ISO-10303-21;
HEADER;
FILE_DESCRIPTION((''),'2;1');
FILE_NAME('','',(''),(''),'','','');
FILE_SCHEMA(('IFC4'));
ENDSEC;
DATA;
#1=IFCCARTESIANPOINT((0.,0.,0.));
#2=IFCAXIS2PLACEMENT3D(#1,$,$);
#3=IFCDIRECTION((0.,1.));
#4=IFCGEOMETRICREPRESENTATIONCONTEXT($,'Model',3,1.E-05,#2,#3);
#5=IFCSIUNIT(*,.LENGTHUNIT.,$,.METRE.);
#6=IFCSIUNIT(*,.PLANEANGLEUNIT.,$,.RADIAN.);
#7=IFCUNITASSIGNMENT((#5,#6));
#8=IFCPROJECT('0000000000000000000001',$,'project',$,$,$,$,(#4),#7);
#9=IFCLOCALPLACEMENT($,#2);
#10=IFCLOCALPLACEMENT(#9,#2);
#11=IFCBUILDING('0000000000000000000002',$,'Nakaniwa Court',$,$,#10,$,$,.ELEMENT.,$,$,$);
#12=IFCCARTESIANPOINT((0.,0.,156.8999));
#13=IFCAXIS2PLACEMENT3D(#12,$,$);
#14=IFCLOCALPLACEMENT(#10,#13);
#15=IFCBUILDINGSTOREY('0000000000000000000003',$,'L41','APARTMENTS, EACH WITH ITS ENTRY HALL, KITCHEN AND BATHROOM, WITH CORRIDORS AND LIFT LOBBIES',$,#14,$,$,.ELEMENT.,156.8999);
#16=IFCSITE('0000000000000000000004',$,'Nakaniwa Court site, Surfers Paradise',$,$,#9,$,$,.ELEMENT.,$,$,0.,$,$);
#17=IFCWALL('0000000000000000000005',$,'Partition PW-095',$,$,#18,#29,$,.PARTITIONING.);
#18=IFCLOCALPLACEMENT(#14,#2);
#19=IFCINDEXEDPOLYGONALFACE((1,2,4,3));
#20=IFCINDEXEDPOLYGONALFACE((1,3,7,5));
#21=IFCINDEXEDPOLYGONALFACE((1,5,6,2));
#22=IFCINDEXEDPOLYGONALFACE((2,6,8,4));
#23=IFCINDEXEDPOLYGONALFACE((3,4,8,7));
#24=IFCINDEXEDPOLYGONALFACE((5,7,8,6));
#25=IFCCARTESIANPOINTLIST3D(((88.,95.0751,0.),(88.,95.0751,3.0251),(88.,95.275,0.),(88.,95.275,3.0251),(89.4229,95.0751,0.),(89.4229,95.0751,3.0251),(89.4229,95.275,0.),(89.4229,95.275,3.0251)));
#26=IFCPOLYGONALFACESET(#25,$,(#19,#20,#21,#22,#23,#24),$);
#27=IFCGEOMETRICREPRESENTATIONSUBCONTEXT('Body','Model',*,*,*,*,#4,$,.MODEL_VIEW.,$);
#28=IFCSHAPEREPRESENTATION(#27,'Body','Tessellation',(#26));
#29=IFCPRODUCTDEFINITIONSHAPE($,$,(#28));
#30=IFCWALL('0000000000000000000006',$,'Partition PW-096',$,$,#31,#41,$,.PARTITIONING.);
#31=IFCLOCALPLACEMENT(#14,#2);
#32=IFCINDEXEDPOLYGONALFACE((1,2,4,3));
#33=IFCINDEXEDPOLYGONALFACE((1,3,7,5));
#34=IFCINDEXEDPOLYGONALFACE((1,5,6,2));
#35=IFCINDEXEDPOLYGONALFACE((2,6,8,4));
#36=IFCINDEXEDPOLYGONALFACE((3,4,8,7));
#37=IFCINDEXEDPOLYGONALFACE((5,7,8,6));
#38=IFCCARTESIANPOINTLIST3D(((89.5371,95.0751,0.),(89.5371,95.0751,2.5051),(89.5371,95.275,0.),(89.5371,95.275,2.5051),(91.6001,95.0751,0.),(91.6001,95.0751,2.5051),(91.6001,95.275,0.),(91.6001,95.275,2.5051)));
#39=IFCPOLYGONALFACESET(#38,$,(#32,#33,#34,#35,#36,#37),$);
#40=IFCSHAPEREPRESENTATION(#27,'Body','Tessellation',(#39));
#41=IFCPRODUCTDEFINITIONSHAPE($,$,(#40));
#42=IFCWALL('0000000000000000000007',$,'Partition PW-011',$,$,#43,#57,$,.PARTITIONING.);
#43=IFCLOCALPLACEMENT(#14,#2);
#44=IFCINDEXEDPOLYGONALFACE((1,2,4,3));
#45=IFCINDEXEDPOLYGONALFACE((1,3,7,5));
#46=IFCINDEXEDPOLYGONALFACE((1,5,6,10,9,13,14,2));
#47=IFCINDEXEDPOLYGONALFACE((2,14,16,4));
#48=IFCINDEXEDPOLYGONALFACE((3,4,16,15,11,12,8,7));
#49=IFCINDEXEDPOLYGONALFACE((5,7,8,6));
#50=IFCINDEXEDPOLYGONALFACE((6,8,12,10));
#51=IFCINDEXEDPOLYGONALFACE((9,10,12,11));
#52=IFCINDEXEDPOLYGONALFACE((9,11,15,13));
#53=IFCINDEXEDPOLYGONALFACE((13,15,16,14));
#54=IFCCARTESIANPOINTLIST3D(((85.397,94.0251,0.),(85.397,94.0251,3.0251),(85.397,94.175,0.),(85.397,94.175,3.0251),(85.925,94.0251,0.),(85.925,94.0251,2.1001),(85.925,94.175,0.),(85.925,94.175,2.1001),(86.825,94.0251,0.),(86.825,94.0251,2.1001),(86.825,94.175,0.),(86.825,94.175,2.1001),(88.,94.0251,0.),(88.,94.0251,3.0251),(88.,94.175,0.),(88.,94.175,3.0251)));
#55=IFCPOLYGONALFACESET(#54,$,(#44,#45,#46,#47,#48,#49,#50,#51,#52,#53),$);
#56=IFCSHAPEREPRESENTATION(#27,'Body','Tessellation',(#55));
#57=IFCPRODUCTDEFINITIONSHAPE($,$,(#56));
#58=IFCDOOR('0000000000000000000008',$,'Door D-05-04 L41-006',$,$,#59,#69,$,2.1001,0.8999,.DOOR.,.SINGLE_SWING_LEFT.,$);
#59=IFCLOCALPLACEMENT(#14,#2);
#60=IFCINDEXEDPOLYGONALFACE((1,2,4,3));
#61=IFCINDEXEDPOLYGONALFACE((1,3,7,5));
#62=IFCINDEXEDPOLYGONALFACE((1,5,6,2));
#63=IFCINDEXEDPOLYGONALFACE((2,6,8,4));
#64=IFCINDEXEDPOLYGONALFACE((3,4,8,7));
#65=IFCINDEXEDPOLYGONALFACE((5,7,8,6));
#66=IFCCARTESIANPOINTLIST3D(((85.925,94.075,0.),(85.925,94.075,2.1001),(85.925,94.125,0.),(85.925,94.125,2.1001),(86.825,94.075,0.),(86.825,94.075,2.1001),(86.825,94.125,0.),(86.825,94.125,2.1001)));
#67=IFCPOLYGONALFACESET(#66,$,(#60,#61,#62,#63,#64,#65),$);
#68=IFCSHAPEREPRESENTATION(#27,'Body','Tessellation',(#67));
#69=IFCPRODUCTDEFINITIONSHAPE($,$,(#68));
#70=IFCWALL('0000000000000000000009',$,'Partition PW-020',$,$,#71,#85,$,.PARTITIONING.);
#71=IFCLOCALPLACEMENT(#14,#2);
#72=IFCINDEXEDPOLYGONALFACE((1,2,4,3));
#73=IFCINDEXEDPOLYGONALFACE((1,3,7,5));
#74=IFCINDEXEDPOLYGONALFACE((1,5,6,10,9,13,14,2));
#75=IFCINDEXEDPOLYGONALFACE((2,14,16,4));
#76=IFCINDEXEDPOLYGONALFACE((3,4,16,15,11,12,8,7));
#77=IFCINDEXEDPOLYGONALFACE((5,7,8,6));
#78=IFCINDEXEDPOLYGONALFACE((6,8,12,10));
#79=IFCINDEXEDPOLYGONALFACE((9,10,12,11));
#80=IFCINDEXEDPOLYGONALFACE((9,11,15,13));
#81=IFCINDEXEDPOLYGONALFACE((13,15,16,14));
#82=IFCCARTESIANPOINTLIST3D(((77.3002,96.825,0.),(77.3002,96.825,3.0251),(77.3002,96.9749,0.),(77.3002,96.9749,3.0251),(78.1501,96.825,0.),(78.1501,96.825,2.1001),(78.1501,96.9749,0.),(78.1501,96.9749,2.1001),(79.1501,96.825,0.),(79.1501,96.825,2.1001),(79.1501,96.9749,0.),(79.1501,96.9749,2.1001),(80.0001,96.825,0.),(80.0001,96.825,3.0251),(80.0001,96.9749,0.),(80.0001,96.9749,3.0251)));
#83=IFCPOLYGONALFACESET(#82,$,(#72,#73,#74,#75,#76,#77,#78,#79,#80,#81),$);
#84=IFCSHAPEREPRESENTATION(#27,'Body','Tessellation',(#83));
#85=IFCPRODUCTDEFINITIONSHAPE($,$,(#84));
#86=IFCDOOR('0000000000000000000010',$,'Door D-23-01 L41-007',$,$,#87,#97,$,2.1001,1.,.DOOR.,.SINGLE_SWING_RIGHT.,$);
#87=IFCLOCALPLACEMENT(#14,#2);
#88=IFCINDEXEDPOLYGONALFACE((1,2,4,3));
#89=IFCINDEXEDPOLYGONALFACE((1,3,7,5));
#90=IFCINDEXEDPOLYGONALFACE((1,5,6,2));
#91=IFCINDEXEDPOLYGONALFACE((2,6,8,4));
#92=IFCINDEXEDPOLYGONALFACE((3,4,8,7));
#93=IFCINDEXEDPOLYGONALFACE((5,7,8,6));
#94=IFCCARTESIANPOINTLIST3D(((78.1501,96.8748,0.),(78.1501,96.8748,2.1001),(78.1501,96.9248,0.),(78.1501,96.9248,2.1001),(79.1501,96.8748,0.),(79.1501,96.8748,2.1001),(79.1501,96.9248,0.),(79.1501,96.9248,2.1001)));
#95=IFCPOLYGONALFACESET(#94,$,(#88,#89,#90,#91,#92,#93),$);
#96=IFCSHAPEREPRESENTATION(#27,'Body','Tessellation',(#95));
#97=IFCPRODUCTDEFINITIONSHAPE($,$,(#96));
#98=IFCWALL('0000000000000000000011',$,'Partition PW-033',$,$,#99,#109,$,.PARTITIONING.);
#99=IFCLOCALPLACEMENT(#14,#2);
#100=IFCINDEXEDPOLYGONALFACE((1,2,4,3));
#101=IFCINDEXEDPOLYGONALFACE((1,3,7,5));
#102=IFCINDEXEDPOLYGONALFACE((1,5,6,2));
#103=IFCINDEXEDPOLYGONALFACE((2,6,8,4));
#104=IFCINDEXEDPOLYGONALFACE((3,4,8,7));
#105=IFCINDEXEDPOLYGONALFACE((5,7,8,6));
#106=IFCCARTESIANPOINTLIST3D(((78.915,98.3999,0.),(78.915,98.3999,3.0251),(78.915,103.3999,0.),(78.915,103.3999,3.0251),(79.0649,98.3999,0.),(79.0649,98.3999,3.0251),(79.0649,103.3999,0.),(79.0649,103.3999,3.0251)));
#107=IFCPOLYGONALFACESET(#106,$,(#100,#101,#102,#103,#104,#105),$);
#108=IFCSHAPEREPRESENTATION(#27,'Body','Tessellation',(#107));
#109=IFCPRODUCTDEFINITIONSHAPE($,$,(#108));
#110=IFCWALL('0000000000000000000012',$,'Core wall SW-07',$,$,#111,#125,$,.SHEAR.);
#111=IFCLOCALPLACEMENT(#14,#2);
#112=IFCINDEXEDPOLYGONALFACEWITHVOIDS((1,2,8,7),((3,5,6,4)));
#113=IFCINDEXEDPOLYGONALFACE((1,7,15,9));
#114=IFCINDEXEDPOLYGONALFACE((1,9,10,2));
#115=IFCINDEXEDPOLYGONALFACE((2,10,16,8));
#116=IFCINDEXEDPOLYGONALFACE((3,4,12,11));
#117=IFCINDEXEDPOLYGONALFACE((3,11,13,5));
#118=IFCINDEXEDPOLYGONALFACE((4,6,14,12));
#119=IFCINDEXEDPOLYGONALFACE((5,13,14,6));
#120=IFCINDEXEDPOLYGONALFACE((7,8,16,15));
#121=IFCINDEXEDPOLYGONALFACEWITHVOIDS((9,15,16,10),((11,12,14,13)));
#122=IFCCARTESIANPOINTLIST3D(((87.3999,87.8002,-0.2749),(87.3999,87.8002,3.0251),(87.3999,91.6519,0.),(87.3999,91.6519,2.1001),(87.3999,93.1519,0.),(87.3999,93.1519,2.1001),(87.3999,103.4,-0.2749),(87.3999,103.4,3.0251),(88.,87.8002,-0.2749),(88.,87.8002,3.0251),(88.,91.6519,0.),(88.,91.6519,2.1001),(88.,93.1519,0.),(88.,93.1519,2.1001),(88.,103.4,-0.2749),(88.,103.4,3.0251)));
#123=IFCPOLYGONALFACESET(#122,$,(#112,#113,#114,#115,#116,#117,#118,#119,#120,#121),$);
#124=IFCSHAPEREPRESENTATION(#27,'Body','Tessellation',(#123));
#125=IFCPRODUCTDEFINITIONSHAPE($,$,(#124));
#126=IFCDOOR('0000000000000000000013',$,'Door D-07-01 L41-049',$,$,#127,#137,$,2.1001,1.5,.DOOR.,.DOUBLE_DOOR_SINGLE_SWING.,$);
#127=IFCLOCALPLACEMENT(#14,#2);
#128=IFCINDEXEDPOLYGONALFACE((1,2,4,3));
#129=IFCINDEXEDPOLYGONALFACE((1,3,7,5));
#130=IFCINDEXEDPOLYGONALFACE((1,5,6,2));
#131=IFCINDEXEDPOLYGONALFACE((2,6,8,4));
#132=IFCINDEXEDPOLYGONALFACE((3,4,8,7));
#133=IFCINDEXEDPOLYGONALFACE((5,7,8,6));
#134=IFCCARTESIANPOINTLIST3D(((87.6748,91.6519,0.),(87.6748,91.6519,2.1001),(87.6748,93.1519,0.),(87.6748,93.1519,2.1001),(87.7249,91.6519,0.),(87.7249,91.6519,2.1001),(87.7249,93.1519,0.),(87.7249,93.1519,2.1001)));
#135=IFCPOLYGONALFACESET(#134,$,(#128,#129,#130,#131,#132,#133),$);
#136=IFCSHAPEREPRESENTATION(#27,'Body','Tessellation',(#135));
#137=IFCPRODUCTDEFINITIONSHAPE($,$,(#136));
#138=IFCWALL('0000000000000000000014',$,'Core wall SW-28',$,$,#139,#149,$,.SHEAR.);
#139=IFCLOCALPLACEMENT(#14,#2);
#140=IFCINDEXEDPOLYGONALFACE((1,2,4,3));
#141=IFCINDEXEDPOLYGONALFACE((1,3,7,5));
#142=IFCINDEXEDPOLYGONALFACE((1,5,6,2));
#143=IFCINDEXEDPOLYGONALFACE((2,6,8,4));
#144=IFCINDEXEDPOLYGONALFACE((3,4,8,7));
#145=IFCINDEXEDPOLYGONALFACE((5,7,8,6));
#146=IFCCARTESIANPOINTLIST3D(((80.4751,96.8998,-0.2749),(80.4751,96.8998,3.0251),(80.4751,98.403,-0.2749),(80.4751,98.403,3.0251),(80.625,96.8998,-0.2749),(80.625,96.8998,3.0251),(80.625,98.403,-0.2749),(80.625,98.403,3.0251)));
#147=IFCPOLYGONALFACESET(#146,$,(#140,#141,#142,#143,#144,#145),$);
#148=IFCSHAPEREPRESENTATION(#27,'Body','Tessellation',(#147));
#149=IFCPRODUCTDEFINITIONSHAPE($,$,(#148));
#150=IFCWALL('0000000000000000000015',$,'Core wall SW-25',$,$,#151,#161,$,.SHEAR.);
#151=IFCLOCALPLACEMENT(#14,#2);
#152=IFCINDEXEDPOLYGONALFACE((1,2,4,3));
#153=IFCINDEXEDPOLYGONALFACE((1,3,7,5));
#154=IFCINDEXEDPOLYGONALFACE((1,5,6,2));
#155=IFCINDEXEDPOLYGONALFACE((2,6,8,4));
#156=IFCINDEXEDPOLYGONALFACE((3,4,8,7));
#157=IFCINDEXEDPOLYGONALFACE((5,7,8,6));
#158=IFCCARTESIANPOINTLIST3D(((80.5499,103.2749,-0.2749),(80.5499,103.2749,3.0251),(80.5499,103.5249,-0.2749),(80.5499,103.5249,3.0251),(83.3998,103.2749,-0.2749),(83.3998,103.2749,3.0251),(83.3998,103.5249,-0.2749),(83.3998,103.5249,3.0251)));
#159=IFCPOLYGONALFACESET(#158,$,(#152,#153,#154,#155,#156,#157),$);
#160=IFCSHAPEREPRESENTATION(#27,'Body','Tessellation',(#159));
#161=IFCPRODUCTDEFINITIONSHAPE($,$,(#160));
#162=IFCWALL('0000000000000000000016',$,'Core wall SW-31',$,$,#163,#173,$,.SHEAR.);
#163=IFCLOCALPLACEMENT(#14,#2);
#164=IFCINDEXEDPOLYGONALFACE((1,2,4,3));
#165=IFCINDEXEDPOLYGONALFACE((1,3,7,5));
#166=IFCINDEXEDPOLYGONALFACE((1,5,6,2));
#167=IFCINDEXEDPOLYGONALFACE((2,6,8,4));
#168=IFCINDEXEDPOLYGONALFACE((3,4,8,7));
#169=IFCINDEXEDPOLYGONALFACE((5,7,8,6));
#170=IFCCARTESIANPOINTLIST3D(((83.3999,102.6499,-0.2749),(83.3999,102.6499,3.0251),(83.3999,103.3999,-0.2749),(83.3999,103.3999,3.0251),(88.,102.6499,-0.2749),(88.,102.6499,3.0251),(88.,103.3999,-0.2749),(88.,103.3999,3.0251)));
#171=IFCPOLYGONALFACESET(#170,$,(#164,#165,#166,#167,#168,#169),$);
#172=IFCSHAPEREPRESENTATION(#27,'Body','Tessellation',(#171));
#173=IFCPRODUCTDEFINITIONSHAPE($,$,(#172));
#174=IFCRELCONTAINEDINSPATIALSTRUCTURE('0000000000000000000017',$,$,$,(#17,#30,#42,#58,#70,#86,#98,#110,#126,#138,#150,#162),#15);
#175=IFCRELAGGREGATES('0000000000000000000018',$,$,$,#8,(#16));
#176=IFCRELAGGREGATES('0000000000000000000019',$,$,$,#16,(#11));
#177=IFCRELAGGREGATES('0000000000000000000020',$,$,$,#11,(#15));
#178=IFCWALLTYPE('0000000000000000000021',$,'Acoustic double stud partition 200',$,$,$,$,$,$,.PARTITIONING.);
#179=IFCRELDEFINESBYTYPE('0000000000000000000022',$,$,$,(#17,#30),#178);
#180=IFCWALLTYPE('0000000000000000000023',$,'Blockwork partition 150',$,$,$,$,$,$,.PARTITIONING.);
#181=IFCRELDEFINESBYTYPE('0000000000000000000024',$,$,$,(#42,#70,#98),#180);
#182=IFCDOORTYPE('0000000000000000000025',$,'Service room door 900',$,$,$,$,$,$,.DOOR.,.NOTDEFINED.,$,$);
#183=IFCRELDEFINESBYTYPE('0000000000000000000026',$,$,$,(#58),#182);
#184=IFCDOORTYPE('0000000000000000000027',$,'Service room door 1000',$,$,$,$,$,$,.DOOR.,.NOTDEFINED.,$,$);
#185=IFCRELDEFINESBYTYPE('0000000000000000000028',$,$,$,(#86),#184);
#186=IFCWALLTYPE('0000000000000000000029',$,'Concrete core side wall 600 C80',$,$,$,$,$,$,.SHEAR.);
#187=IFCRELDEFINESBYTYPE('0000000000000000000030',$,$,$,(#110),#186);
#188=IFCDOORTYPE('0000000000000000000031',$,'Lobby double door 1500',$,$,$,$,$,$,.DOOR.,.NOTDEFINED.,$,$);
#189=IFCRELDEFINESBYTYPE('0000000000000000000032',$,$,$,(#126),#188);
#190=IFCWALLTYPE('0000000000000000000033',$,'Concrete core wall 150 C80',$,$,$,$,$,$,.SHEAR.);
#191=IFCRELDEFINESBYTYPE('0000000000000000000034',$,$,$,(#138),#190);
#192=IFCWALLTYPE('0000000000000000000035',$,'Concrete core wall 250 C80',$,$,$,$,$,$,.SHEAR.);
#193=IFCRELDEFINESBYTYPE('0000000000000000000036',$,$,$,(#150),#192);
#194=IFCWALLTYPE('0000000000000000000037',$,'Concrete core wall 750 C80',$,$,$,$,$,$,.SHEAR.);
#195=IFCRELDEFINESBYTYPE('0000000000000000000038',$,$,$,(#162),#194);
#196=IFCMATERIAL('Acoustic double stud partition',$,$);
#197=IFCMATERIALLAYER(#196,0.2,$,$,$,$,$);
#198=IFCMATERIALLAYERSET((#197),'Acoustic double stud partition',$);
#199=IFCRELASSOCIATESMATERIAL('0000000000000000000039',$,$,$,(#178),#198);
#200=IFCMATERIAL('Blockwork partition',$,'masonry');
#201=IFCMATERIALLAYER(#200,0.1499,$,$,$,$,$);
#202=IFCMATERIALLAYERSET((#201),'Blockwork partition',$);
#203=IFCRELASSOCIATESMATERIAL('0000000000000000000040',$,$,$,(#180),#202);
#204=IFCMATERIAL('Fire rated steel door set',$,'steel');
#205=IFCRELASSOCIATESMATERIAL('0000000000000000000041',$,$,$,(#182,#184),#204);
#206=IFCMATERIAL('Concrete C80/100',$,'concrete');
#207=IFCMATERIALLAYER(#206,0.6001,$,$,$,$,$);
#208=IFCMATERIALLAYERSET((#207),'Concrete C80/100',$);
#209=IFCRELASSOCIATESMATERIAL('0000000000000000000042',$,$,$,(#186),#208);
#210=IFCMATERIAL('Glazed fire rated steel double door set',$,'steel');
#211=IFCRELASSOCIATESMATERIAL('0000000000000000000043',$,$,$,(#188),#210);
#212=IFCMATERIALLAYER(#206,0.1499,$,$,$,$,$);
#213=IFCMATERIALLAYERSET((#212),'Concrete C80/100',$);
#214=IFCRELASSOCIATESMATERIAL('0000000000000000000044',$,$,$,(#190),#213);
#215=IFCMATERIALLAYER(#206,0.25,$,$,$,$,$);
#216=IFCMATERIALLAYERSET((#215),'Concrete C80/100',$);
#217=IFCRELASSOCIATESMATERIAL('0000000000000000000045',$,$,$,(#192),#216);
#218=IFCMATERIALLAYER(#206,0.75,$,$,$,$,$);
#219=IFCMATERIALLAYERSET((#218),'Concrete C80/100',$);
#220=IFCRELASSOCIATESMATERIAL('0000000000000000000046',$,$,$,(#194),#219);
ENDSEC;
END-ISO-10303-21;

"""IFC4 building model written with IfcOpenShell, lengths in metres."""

from ifc_helpers import new_model, si_unit, direction, frame, frame_2d, origin, place, context, subcontext, project, spatial, rectangle, extrude, material, layer, layer_set, type_object, element, fill, save


model = new_model("IFC4")

# Units and contexts
model_context = context("Model", 3, precision=1e-05, world=origin(), true_north=direction((0.0, 1.0)))
body_context = subcontext(model_context, "Body", "Model", "MODEL_VIEW")
ifc_project = project(units=[si_unit("LENGTHUNIT", "METRE"), si_unit("PLANEANGLEUNIT", "RADIAN")], contexts=[model_context])

# Site, building, storey
site_placement = place(None, origin())
site = spatial("IfcSite", under=ifc_project, at=site_placement, Name="Nakaniwa Court site, Surfers Paradise", CompositionType="ELEMENT", RefElevation=0.0)
building_placement = place(site_placement, origin())
building = spatial("IfcBuilding", under=site, at=building_placement, Name="Nakaniwa Court", CompositionType="ELEMENT")
storey_placement = place(building_placement, frame((0.0, 0.0, 156.8999)))
storey = spatial("IfcBuildingStorey", under=building, at=storey_placement, Name="L41", Description="APARTMENTS, EACH WITH ITS ENTRY HALL, KITCHEN AND BATHROOM, WITH CORRIDORS AND LIFT LOBBIES", CompositionType="ELEMENT", Elevation=156.8999)

# Walls
ifc_material_1 = material(Name="Acoustic double stud partition")
ifc_layer_1 = layer(ifc_material_1, 0.2)
ifc_layer_set_1 = layer_set([ifc_layer_1], Name="Acoustic double stud partition")
wall_type_1 = type_object("IfcWallType", Name="Acoustic double stud partition 200", PredefinedType="PARTITIONING", material=ifc_layer_set_1)
wall_1_placement = place(storey_placement, frame((88.0, 95.175, 0.0), z_axis=(0.0, 0.0, 1.0), x_axis=(1.0, 0.0, 0.0)))
element("IfcWall", 1, at=wall_1_placement, inside=storey, type_object=wall_type_1, Name="Partition PW-095", PredefinedType="PARTITIONING", context=body_context, shape_type="SweptSolid", body=[
    extrude(rectangle(XDim=1.4229, YDim=0.2, at=frame_2d((0.7114, 0.0))), origin(), (0.0, 0.0, 1.0), 3.0251),
])
wall_2_placement = place(storey_placement, frame((89.5371, 95.175, 0.0), z_axis=(0.0, 0.0, 1.0), x_axis=(1.0, 0.0, 0.0)))
element("IfcWall", 2, at=wall_2_placement, inside=storey, type_object=wall_type_1, Name="Partition PW-096", PredefinedType="PARTITIONING", context=body_context, shape_type="SweptSolid", body=[
    extrude(rectangle(XDim=2.063, YDim=0.2, at=frame_2d((1.0315, 0.0))), origin(), (0.0, 0.0, 1.0), 2.5051),
])

# Walls, openings, doors
ifc_material_2 = material(Name="Blockwork partition", Category="masonry")
ifc_layer_2 = layer(ifc_material_2, 0.1499)
ifc_layer_set_2 = layer_set([ifc_layer_2], Name="Blockwork partition")
wall_type_2 = type_object("IfcWallType", Name="Blockwork partition 150", PredefinedType="PARTITIONING", material=ifc_layer_set_2)
wall_3_placement = place(storey_placement, frame((85.397, 94.1001, 0.0), z_axis=(0.0, 0.0, 1.0), x_axis=(1.0, 0.0, 0.0)))
wall_3 = element("IfcWall", 3, at=wall_3_placement, inside=storey, type_object=wall_type_2, Name="Partition PW-011", PredefinedType="PARTITIONING", context=body_context, shape_type="SweptSolid", body=[
    extrude(rectangle(XDim=2.603, YDim=0.1499, at=frame_2d((1.3015, 0.0))), origin(), (0.0, 0.0, 1.0), 3.0251),
])
opening_1_placement = place(wall_3_placement, frame((0.5281, 0.0, 0.0)))
opening_1 = element("IfcOpeningElement", 4, at=opening_1_placement, cuts=wall_3, PredefinedType="OPENING", context=body_context, shape_type="SweptSolid", body=[
    extrude(rectangle(XDim=0.8999, YDim=2.1001, at=frame_2d((0.45, 1.05))), frame((0.0, 0.085, 0.0), z_axis=(0.0, -1.0, 0.0), x_axis=(1.0, 0.0, 0.0)), (0.0, 0.0, 1.0), 0.1699),
])
ifc_material_3 = material(Name="Fire rated steel door set", Category="steel")
door_type_1 = type_object("IfcDoorType", Name="Service room door 900", OperationType="NOTDEFINED", PredefinedType="DOOR", material=ifc_material_3)
door_1_placement = place(opening_1_placement, origin())
door_1 = element("IfcDoor", 5, at=door_1_placement, inside=storey, type_object=door_type_1, Name="Door D-05-04 L41-006", OperationType="SINGLE_SWING_LEFT", OverallHeight=2.1001, OverallWidth=0.8999, PredefinedType="DOOR", context=body_context, shape_type="SweptSolid", body=[
    extrude(rectangle(XDim=0.8999, YDim=2.1001, at=frame_2d((0.45, 1.05))), frame((0.0, 0.0249, 0.0), z_axis=(0.0, -1.0, 0.0), x_axis=(1.0, 0.0, 0.0)), (0.0, 0.0, 1.0), 0.05),
])
fill(opening_1, door_1)
wall_4_placement = place(storey_placement, frame((77.3, 96.8999, 0.0), z_axis=(0.0, 0.0, 1.0), x_axis=(1.0, 0.0, 0.0)))
wall_4 = element("IfcWall", 6, at=wall_4_placement, inside=storey, type_object=wall_type_2, Name="Partition PW-020", PredefinedType="PARTITIONING", context=body_context, shape_type="SweptSolid", body=[
    extrude(rectangle(XDim=2.7, YDim=0.1499, at=frame_2d((1.3501, 0.0))), origin(), (0.0, 0.0, 1.0), 3.0251),
])
opening_2_placement = place(wall_4_placement, frame((0.8501, 0.0, 0.0)))
opening_2 = element("IfcOpeningElement", 7, at=opening_2_placement, cuts=wall_4, PredefinedType="OPENING", context=body_context, shape_type="SweptSolid", body=[
    extrude(rectangle(XDim=1.0, YDim=2.1001, at=frame_2d((0.5, 1.05))), frame((0.0, 0.085, 0.0), z_axis=(0.0, -1.0, 0.0), x_axis=(1.0, 0.0, 0.0)), (0.0, 0.0, 1.0), 0.1699),
])
door_type_2 = type_object("IfcDoorType", Name="Service room door 1000", OperationType="NOTDEFINED", PredefinedType="DOOR", material=ifc_material_3)
door_2_placement = place(opening_2_placement, origin())
door_2 = element("IfcDoor", 8, at=door_2_placement, inside=storey, type_object=door_type_2, Name="Door D-23-01 L41-007", OperationType="SINGLE_SWING_RIGHT", OverallHeight=2.1001, OverallWidth=1.0, PredefinedType="DOOR", context=body_context, shape_type="SweptSolid", body=[
    extrude(rectangle(XDim=1.0, YDim=2.1001, at=frame_2d((0.5, 1.05))), frame((0.0, 0.0249, 0.0), z_axis=(0.0, -1.0, 0.0), x_axis=(1.0, 0.0, 0.0)), (0.0, 0.0, 1.0), 0.05),
])
fill(opening_2, door_2)

# Wall
wall_5_placement = place(storey_placement, frame((78.99, 98.3999, 0.0), z_axis=(0.0, 0.0, 1.0), x_axis=(0.0, 1.0, 0.0)))
element("IfcWall", 9, at=wall_5_placement, inside=storey, type_object=wall_type_2, Name="Partition PW-033", PredefinedType="PARTITIONING", context=body_context, shape_type="SweptSolid", body=[
    extrude(rectangle(XDim=5.0, YDim=0.1499, at=frame_2d((2.5, 0.0))), origin(), (0.0, 0.0, 1.0), 3.0251),
])

# Wall, opening, door
ifc_material_4 = material(Name="Concrete C80/100", Category="concrete")
ifc_layer_3 = layer(ifc_material_4, 0.6001)
ifc_layer_set_3 = layer_set([ifc_layer_3], Name="Concrete C80/100")
wall_type_3 = type_object("IfcWallType", Name="Concrete core side wall 600 C80", PredefinedType="SHEAR", material=ifc_layer_set_3)
wall_6_placement = place(storey_placement, frame((87.7, 103.3999, -0.2749), z_axis=(0.0, 0.0, 1.0), x_axis=(0.0, -1.0, 0.0)))
wall_6 = element("IfcWall", 10, at=wall_6_placement, inside=storey, type_object=wall_type_3, Name="Core wall SW-07", PredefinedType="SHEAR", context=body_context, shape_type="SweptSolid", body=[
    extrude(rectangle(XDim=15.5999, YDim=0.6001, at=frame_2d((7.7998, 0.0))), origin(), (0.0, 0.0, 1.0), 3.3),
])
opening_3_placement = place(wall_6_placement, frame((10.248, 0.0, 0.2749)))
opening_3 = element("IfcOpeningElement", 11, at=opening_3_placement, cuts=wall_6, PredefinedType="OPENING", context=body_context, shape_type="SweptSolid", body=[
    extrude(rectangle(XDim=1.5, YDim=2.1001, at=frame_2d((0.75, 1.05))), frame((0.0, 0.3101, 0.0), z_axis=(0.0, -1.0, 0.0), x_axis=(1.0, 0.0, 0.0)), (0.0, 0.0, 1.0), 0.6201),
])
ifc_material_5 = material(Name="Glazed fire rated steel double door set", Category="steel")
door_type_3 = type_object("IfcDoorType", Name="Lobby double door 1500", OperationType="NOTDEFINED", PredefinedType="DOOR", material=ifc_material_5)
door_3_placement = place(opening_3_placement, origin())
door_3 = element("IfcDoor", 12, at=door_3_placement, inside=storey, type_object=door_type_3, Name="Door D-07-01 L41-049", OperationType="DOUBLE_DOOR_SINGLE_SWING", OverallHeight=2.1001, OverallWidth=1.5, PredefinedType="DOOR", context=body_context, shape_type="SweptSolid", body=[
    extrude(rectangle(XDim=1.5, YDim=2.1001, at=frame_2d((0.75, 1.05))), frame((0.0, 0.0249, 0.0), z_axis=(0.0, -1.0, 0.0), x_axis=(1.0, 0.0, 0.0)), (0.0, 0.0, 1.0), 0.05),
])
fill(opening_3, door_3)

# Walls
ifc_layer_4 = layer(ifc_material_4, 0.1499)
ifc_layer_set_4 = layer_set([ifc_layer_4], Name="Concrete C80/100")
wall_type_4 = type_object("IfcWallType", Name="Concrete core wall 150 C80", PredefinedType="SHEAR", material=ifc_layer_set_4)
wall_7_placement = place(storey_placement, frame((80.55, 96.8999, -0.2749), z_axis=(0.0, 0.0, 1.0), x_axis=(0.0, 1.0, 0.0)))
element("IfcWall", 13, at=wall_7_placement, inside=storey, type_object=wall_type_4, Name="Core wall SW-28", PredefinedType="SHEAR", context=body_context, shape_type="SweptSolid", body=[
    extrude(rectangle(XDim=1.5032, YDim=0.1499, at=frame_2d((0.7515, 0.0))), origin(), (0.0, 0.0, 1.0), 3.3),
])
ifc_layer_5 = layer(ifc_material_4, 0.25)
ifc_layer_set_5 = layer_set([ifc_layer_5], Name="Concrete C80/100")
wall_type_5 = type_object("IfcWallType", Name="Concrete core wall 250 C80", PredefinedType="SHEAR", material=ifc_layer_set_5)
wall_8_placement = place(storey_placement, frame((80.55, 103.3999, -0.2749), z_axis=(0.0, 0.0, 1.0), x_axis=(1.0, 0.0, 0.0)))
element("IfcWall", 14, at=wall_8_placement, inside=storey, type_object=wall_type_5, Name="Core wall SW-25", PredefinedType="SHEAR", context=body_context, shape_type="SweptSolid", body=[
    extrude(rectangle(XDim=2.8499, YDim=0.25, at=frame_2d((1.4248, 0.0))), origin(), (0.0, 0.0, 1.0), 3.3),
])
ifc_layer_6 = layer(ifc_material_4, 0.75)
ifc_layer_set_6 = layer_set([ifc_layer_6], Name="Concrete C80/100")
wall_type_6 = type_object("IfcWallType", Name="Concrete core wall 750 C80", PredefinedType="SHEAR", material=ifc_layer_set_6)
wall_9_placement = place(storey_placement, frame((83.3999, 103.0249, -0.2749), z_axis=(0.0, 0.0, 1.0), x_axis=(1.0, 0.0, 0.0)))
element("IfcWall", 15, at=wall_9_placement, inside=storey, type_object=wall_type_6, Name="Core wall SW-31", PredefinedType="SHEAR", context=body_context, shape_type="SweptSolid", body=[
    extrude(rectangle(XDim=4.6001, YDim=0.75, at=frame_2d((2.3, 0.0))), origin(), (0.0, 0.0, 1.0), 3.3),
])

save(model, "model.ifc")
